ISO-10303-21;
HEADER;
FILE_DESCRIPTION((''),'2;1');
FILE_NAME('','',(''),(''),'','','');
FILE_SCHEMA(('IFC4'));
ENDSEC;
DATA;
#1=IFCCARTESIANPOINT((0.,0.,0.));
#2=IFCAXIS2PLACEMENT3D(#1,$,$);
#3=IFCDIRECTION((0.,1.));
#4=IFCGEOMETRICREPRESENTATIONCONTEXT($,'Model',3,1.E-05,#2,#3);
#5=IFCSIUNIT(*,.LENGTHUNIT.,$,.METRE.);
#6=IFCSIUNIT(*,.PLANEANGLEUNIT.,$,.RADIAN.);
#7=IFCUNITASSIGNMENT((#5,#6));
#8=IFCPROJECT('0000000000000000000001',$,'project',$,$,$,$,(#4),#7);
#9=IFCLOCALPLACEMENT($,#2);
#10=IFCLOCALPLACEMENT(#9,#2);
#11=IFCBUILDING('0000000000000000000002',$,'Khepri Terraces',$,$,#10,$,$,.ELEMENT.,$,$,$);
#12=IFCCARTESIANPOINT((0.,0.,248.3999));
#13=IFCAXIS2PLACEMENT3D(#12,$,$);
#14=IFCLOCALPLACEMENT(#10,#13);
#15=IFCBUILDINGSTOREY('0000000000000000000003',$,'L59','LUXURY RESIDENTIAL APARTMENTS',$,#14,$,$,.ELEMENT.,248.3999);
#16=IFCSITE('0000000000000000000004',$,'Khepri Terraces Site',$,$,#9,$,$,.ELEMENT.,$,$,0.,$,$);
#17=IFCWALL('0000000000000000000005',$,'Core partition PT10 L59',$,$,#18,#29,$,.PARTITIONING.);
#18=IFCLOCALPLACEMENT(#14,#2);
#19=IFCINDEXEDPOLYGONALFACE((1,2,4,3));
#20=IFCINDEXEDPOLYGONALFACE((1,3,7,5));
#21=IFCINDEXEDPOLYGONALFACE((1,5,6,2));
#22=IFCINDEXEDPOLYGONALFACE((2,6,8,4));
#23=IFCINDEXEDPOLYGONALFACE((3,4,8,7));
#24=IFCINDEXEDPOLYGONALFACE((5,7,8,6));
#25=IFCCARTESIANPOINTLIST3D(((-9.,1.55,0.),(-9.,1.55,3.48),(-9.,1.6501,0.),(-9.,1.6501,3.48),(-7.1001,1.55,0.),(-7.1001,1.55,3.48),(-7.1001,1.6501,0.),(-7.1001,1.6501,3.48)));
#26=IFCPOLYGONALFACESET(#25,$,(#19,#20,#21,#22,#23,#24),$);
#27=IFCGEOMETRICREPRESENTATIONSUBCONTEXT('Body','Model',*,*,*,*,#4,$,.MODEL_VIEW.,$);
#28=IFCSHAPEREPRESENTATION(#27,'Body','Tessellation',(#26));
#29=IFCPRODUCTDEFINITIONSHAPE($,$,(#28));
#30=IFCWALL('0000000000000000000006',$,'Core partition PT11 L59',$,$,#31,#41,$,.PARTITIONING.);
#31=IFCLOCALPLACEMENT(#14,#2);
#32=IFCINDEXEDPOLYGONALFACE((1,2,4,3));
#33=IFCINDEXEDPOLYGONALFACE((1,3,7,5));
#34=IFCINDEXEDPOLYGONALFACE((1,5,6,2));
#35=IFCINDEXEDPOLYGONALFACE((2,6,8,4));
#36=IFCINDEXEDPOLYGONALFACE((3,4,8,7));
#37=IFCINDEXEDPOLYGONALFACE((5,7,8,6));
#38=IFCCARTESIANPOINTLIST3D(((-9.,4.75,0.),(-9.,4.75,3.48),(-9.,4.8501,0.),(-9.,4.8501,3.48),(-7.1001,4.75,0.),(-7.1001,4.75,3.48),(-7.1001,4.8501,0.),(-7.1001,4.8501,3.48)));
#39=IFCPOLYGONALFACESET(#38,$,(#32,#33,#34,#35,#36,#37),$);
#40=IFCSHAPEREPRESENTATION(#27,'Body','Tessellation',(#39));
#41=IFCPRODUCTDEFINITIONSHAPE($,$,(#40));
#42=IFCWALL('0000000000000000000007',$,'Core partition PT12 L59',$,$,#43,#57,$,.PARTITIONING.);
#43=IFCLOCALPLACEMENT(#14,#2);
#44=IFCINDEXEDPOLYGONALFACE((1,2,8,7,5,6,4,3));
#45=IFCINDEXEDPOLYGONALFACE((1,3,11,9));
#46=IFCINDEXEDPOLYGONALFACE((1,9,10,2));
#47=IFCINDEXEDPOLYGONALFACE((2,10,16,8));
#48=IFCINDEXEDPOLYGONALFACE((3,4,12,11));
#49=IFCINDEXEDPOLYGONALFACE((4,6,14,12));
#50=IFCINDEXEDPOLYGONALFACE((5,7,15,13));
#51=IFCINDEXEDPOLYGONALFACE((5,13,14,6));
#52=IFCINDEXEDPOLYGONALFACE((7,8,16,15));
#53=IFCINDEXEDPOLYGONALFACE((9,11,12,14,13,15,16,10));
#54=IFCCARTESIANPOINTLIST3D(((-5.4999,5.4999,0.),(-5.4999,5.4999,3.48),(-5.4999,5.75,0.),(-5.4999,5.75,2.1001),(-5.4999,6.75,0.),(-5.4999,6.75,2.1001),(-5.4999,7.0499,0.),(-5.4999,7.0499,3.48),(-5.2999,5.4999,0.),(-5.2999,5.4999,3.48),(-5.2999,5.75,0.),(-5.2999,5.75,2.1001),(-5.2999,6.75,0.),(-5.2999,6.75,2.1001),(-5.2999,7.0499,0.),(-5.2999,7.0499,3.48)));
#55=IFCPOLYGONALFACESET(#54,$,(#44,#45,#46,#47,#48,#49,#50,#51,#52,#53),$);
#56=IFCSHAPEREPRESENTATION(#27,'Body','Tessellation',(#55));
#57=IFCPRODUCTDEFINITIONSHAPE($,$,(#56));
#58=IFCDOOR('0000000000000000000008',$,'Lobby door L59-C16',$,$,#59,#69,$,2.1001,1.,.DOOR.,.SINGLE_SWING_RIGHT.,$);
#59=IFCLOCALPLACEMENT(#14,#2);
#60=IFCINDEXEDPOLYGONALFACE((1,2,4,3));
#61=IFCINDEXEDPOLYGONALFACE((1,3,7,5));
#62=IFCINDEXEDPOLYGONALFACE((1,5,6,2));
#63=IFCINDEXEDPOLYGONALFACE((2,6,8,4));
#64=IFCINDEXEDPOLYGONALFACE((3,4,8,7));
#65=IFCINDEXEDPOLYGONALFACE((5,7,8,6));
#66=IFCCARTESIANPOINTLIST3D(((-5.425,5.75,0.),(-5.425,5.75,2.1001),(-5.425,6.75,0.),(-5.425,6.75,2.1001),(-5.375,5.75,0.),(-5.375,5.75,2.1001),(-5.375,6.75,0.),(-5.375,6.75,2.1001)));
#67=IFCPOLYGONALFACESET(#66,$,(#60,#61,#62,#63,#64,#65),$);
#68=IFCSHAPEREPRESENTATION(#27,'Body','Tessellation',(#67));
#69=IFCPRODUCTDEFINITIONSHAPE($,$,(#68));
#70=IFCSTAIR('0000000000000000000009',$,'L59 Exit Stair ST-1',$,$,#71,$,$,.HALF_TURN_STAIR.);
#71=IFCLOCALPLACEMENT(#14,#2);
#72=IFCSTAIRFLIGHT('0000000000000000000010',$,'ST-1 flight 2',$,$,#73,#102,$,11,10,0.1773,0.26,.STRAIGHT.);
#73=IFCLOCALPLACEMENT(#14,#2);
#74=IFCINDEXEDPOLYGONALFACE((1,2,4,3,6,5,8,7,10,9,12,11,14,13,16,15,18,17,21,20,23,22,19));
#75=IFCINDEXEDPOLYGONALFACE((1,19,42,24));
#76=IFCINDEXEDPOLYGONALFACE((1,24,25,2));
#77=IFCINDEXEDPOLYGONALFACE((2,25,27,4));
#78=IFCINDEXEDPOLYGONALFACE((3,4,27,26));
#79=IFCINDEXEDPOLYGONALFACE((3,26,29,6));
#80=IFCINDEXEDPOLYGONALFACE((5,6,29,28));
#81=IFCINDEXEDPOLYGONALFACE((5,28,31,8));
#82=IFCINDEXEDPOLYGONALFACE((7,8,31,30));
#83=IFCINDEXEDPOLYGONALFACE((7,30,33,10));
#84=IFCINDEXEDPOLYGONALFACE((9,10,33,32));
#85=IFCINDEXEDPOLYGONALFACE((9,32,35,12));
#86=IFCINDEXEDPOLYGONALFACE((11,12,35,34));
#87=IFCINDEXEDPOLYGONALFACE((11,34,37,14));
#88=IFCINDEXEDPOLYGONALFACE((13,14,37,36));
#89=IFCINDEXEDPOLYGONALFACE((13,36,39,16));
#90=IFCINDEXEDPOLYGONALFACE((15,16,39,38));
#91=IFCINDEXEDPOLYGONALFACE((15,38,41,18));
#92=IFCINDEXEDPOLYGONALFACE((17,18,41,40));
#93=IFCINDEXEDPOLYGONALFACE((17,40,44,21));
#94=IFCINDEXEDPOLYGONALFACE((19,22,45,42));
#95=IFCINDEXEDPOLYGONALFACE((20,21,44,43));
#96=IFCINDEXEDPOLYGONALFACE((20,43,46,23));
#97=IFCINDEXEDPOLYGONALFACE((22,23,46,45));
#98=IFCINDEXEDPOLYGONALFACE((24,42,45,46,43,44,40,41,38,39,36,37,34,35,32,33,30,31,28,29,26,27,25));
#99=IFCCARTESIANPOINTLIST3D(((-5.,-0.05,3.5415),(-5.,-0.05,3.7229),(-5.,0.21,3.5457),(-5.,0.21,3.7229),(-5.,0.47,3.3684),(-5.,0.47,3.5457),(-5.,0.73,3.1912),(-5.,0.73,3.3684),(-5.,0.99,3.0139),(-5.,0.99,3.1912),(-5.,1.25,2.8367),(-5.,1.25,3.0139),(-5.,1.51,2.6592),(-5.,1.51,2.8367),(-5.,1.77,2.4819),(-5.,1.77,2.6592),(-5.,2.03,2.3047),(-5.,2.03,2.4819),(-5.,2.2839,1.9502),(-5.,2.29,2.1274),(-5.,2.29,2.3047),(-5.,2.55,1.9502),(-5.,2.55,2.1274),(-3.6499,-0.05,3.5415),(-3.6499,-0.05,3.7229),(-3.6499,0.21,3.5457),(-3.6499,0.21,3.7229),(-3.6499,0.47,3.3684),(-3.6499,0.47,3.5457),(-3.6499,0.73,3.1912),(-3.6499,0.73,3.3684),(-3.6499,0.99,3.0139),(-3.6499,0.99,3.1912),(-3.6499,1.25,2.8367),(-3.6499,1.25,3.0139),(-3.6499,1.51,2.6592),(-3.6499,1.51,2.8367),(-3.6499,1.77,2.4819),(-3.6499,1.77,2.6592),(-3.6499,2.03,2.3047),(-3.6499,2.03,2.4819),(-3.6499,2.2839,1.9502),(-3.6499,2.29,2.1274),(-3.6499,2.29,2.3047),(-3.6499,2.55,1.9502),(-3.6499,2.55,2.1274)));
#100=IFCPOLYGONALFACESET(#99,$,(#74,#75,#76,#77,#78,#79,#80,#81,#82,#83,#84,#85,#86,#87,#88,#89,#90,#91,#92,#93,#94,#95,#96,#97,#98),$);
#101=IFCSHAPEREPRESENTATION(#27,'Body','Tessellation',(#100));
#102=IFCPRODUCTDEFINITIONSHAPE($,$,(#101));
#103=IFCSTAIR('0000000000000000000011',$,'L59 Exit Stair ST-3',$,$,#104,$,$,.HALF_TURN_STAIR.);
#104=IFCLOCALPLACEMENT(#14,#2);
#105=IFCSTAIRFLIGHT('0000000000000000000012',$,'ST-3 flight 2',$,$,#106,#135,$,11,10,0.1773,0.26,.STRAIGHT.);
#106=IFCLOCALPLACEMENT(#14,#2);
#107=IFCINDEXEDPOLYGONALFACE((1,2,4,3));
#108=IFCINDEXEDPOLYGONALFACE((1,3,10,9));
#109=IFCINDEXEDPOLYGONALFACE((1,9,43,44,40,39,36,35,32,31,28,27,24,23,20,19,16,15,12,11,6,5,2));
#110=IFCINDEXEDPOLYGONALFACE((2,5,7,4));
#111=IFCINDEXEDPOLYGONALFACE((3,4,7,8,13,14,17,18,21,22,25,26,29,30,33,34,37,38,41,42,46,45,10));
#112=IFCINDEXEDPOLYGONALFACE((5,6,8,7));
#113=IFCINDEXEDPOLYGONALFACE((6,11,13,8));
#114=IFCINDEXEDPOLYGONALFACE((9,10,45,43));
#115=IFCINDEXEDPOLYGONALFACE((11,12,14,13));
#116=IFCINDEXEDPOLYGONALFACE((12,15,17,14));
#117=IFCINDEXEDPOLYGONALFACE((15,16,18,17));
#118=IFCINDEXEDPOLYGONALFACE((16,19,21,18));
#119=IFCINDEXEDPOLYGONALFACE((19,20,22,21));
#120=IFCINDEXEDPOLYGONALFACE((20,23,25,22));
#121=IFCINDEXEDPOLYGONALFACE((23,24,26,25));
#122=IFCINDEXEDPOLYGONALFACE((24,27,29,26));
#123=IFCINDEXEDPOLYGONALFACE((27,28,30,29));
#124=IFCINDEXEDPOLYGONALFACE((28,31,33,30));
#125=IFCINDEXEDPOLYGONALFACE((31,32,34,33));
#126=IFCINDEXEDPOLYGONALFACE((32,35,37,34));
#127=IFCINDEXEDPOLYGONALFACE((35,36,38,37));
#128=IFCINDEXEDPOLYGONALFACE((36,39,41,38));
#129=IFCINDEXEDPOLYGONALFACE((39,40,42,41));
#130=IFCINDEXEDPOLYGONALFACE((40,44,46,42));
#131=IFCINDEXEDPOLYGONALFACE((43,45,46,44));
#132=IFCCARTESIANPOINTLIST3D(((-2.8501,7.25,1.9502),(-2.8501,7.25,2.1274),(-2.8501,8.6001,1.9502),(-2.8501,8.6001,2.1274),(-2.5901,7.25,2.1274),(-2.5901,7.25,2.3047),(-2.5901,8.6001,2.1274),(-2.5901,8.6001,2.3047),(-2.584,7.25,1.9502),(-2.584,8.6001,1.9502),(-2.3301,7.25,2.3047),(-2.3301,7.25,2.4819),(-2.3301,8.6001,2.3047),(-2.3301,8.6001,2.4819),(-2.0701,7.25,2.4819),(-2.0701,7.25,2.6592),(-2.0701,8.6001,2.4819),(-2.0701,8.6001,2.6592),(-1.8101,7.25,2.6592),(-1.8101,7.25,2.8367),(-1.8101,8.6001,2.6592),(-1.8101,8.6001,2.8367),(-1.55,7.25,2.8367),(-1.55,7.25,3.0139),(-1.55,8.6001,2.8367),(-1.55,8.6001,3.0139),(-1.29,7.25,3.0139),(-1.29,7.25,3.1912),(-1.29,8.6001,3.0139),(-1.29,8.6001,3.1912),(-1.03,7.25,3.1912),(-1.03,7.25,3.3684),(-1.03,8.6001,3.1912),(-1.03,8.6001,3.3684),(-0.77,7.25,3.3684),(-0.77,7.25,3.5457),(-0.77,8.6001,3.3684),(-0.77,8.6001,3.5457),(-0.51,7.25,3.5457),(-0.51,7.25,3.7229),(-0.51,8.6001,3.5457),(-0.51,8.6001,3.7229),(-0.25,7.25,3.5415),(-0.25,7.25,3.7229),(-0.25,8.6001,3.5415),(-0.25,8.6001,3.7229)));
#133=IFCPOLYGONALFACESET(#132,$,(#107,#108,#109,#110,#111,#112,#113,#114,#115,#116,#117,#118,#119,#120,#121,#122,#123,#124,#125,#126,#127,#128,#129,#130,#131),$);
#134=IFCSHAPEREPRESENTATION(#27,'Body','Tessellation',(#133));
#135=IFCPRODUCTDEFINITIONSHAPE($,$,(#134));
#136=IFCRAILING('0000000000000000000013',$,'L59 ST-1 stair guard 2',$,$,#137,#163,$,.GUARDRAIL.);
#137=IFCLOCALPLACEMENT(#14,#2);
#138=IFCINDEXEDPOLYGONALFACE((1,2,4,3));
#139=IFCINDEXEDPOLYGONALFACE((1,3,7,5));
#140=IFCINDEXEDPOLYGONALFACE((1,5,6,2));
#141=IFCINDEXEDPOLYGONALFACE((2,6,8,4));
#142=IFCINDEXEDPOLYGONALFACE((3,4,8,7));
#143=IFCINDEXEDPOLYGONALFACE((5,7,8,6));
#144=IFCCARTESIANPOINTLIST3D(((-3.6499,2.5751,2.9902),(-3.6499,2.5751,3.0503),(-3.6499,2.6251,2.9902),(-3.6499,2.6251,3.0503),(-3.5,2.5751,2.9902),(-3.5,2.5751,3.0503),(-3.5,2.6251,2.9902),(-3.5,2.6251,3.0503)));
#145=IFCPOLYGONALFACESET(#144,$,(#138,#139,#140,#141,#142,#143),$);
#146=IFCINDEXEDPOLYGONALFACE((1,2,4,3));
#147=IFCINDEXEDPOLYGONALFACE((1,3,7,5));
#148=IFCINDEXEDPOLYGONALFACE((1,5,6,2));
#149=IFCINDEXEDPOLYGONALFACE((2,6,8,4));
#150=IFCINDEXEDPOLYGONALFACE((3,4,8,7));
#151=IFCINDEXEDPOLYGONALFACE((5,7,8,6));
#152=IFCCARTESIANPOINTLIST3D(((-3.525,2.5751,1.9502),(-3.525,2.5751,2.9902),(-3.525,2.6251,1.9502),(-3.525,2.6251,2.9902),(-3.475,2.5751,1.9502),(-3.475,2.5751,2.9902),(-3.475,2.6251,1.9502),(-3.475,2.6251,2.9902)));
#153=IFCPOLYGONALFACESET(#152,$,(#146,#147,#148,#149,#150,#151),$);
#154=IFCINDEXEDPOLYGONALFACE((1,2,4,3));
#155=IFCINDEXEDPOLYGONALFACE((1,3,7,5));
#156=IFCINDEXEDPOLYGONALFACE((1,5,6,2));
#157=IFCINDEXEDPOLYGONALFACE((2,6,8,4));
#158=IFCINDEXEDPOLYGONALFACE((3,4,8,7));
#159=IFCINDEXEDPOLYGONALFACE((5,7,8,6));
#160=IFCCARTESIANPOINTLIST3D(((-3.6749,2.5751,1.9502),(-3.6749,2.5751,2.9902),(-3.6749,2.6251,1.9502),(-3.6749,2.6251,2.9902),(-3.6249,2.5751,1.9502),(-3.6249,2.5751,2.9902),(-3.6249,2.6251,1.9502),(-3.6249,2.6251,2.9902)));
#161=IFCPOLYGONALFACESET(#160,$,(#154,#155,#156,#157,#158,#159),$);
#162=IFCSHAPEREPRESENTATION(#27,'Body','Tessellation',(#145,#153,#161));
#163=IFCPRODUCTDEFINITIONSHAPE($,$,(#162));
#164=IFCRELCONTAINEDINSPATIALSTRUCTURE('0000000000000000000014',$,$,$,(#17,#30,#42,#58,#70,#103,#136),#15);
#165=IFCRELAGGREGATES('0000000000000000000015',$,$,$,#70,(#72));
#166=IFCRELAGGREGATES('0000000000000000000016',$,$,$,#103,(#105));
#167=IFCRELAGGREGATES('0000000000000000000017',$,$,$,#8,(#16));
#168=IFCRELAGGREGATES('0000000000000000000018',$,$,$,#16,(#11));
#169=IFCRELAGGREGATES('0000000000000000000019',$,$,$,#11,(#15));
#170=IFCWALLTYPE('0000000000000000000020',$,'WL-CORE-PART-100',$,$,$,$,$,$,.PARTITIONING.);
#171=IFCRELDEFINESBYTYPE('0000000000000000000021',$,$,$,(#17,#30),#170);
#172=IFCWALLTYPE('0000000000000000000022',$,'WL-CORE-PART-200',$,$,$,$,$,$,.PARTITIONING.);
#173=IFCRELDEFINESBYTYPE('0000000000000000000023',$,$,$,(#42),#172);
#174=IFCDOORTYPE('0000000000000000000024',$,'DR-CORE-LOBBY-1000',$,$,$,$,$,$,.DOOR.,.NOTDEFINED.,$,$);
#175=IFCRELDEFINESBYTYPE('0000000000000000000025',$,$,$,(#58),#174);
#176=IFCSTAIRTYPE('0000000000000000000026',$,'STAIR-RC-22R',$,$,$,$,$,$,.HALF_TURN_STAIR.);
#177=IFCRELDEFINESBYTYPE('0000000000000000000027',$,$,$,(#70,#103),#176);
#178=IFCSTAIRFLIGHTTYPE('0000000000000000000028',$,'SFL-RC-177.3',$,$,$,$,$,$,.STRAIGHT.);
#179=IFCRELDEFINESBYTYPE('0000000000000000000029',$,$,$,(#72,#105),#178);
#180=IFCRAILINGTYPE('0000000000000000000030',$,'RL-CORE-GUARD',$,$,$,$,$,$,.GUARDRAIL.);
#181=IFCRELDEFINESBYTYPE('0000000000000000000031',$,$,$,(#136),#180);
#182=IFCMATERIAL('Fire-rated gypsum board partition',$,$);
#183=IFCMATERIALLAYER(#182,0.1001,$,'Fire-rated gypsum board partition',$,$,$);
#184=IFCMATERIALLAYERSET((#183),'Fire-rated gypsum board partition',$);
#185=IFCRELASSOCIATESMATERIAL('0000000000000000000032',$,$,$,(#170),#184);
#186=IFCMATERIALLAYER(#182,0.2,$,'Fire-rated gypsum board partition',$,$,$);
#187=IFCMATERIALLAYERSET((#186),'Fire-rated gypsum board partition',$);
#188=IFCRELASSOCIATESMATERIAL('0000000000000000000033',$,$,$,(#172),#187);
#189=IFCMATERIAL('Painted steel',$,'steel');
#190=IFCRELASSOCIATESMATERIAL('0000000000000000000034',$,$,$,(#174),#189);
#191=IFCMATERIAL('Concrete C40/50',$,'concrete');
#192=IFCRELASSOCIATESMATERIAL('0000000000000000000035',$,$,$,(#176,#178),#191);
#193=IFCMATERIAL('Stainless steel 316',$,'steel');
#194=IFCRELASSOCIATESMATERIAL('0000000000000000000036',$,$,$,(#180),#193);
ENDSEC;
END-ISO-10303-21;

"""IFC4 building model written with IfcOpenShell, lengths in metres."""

from ifc_helpers import new_model, si_unit, direction, frame, frame_2d, origin, origin_2d, place, context, subcontext, project, spatial, polyline, rectangle, outline, extrude, material, layer, layer_set, type_object, element, fill, aggregate, save


model = new_model("IFC4")

# Units and contexts
model_context = context("Model", 3, precision=1e-05, world=origin(), true_north=direction((0.0, 1.0)))
body_context = subcontext(model_context, "Body", "Model", "MODEL_VIEW")
ifc_project = project(units=[si_unit("LENGTHUNIT", "METRE"), si_unit("PLANEANGLEUNIT", "RADIAN")], contexts=[model_context])

# Site, building, storey
site_placement = place(None, origin())
site = spatial("IfcSite", under=ifc_project, at=site_placement, Name="Khepri Terraces Site", CompositionType="ELEMENT", RefElevation=0.0)
building_placement = place(site_placement, origin())
building = spatial("IfcBuilding", under=site, at=building_placement, Name="Khepri Terraces", CompositionType="ELEMENT")
storey_placement = place(building_placement, frame((0.0, 0.0, 248.3999)))
storey = spatial("IfcBuildingStorey", under=building, at=storey_placement, Name="L59", Description="LUXURY RESIDENTIAL APARTMENTS", CompositionType="ELEMENT", Elevation=248.3999)

# Shared definitions
ifc_material_1 = material(Name="Concrete C40/50", Category="concrete")

# Shared definitions
ifc_material_2 = material(Name="Painted steel", Category="steel")

# Walls
ifc_material_3 = material(Name="Fire-rated gypsum board partition")
ifc_layer_1 = layer(ifc_material_3, 0.1001, Name="Fire-rated gypsum board partition")
ifc_layer_set_1 = layer_set([ifc_layer_1], Name="Fire-rated gypsum board partition")
wall_type_1 = type_object("IfcWallType", Name="WL-CORE-PART-100", PredefinedType="PARTITIONING", material=ifc_layer_set_1)
for number, where, z_axis, x_axis, name in (
    (1, (-9.0, 1.6001, 0.0), (0.0, 0.0, 1.0), (1.0, 0.0, 0.0), "Core partition PT10 L59"),
    (2, (-9.0, 4.8, 0.0), (0.0, 0.0, 1.0), (1.0, 0.0, 0.0), "Core partition PT11 L59"),
):
    element("IfcWall", number, at=place(storey_placement, frame(where, z_axis=z_axis, x_axis=x_axis)), inside=storey, type_object=wall_type_1, Name=name, PredefinedType="PARTITIONING", context=body_context, shape_type="SweptSolid", body=[
        extrude(rectangle(XDim=1.8999, YDim=0.1001, at=frame_2d((0.95, 0.0))), origin(), (0.0, 0.0, 1.0), 3.48),
    ])

# Wall, opening, door
ifc_layer_2 = layer(ifc_material_3, 0.2, Name="Fire-rated gypsum board partition")
ifc_layer_set_2 = layer_set([ifc_layer_2], Name="Fire-rated gypsum board partition")
wall_type_2 = type_object("IfcWallType", Name="WL-CORE-PART-200", PredefinedType="PARTITIONING", material=ifc_layer_set_2)
wall_1_placement = place(storey_placement, frame((-5.3999, 5.5, 0.0), z_axis=(0.0, 0.0, 1.0), x_axis=(0.0, 1.0, 0.0)))
wall_1 = element("IfcWall", 3, at=wall_1_placement, inside=storey, type_object=wall_type_2, Name="Core partition PT12 L59", PredefinedType="PARTITIONING", context=body_context, shape_type="SweptSolid", body=[
    extrude(rectangle(XDim=1.55, YDim=0.2, at=frame_2d((0.7749, 0.0))), origin(), (0.0, 0.0, 1.0), 3.48),
])
opening_1_placement = place(wall_1_placement, frame((0.25, 0.0, 0.0)))
opening_1 = element("IfcOpeningElement", 4, at=opening_1_placement, cuts=wall_1, PredefinedType="OPENING", context=body_context, shape_type="SweptSolid", body=[
    extrude(rectangle(XDim=1.0, YDim=2.1001, at=frame_2d((0.5, 1.05))), frame((0.0, 0.1099, 0.0), z_axis=(0.0, -1.0, 0.0), x_axis=(1.0, 0.0, 0.0)), (0.0, 0.0, 1.0), 0.22),
])
door_type_1 = type_object("IfcDoorType", Name="DR-CORE-LOBBY-1000", OperationType="NOTDEFINED", PredefinedType="DOOR", material=ifc_material_2)
door_1_placement = place(opening_1_placement, frame((1.0, 0.0, 0.0), z_axis=(0.0, 0.0, 1.0), x_axis=(-1.0, 0.0, 0.0)))
door_1 = element("IfcDoor", 5, at=door_1_placement, inside=storey, type_object=door_type_1, Name="Lobby door L59-C16", OperationType="SINGLE_SWING_RIGHT", OverallHeight=2.1001, OverallWidth=1.0, PredefinedType="DOOR", context=body_context, shape_type="SweptSolid", body=[
    extrude(rectangle(XDim=1.0, YDim=2.1001, at=frame_2d((0.5, 1.05))), frame((0.0, 0.0249, 0.0), z_axis=(0.0, -1.0, 0.0), x_axis=(1.0, 0.0, 0.0)), (0.0, 0.0, 1.0), 0.05),
])
fill(opening_1, door_1)

# Stairs, stair flights
stair_type = type_object("IfcStairType", Name="STAIR-RC-22R", PredefinedType="HALF_TURN_STAIR", material=ifc_material_1)
stair_1_placement = place(storey_placement, origin())
stair_1 = element("IfcStair", 6, at=stair_1_placement, inside=storey, type_object=stair_type, Name="L59 Exit Stair ST-1", PredefinedType="HALF_TURN_STAIR")
stair_flight_type = type_object("IfcStairFlightType", Name="SFL-RC-177.3", PredefinedType="STRAIGHT", material=ifc_material_1)
stair_flight_1_placement = place(storey_placement, frame((-4.325, 2.55, 1.9502), z_axis=(0.0, 0.0, 1.0), x_axis=(0.0, -1.0, 0.0)))
stair_flight_1 = element("IfcStairFlight", 7, at=stair_flight_1_placement, type_object=stair_flight_type, Name="ST-1 flight 2", NumberOfRisers=11, NumberOfTreads=10, PredefinedType="STRAIGHT", RiserHeight=0.1773, TreadLength=0.26, context=body_context, shape_type="SweptSolid", body=[
    extrude(outline(polyline([(0.0, 0.0), (0.0, 0.1772), (0.26, 0.1772), (0.26, 0.3545), (0.52, 0.3545), (0.52, 0.5317), (0.78, 0.5317), (0.78, 0.709), (1.04, 0.709), (1.04, 0.8865), (1.3, 0.8865), (1.3, 1.0637), (1.5601, 1.0637), (1.5601, 1.241), (1.8201, 1.241), (1.8201, 1.4182), (2.0801, 1.4182), (2.0801, 1.5955), (2.3401, 1.5955), (2.3401, 1.7727), (2.6001, 1.7727), (2.6001, 1.95), (2.6001, 1.5913), (0.2661, 0.0), (0.0, 0.0)])), frame((0.0, 0.675, 0.0), z_axis=(0.0, -1.0, 0.0), x_axis=(1.0, 0.0, 0.0)), (0.0, 0.0, 1.0), 1.3501),
])
aggregate(stair_1, [stair_flight_1])
stair_2_placement = place(storey_placement, origin())
stair_2 = element("IfcStair", 8, at=stair_2_placement, inside=storey, type_object=stair_type, Name="L59 Exit Stair ST-3", PredefinedType="HALF_TURN_STAIR")
stair_flight_2_placement = place(storey_placement, frame((-2.8501, 7.925, 1.9502), z_axis=(0.0, 0.0, 1.0), x_axis=(1.0, 0.0, 0.0)))
stair_flight_2 = element("IfcStairFlight", 9, at=stair_flight_2_placement, type_object=stair_flight_type, Name="ST-3 flight 2", NumberOfRisers=11, NumberOfTreads=10, PredefinedType="STRAIGHT", RiserHeight=0.1773, TreadLength=0.26, context=body_context, shape_type="SweptSolid", body=[
    extrude(outline(polyline([(0.0, 0.0), (0.0, 0.1772), (0.26, 0.1772), (0.26, 0.3545), (0.52, 0.3545), (0.52, 0.5317), (0.78, 0.5317), (0.78, 0.709), (1.04, 0.709), (1.04, 0.8865), (1.3, 0.8865), (1.3, 1.0637), (1.5601, 1.0637), (1.5601, 1.241), (1.8201, 1.241), (1.8201, 1.4182), (2.0801, 1.4182), (2.0801, 1.5955), (2.3401, 1.5955), (2.3401, 1.7727), (2.6001, 1.7727), (2.6001, 1.95), (2.6001, 1.5913), (0.2661, 0.0), (0.0, 0.0)])), frame((0.0, 0.675, 0.0), z_axis=(0.0, -1.0, 0.0), x_axis=(1.0, 0.0, 0.0)), (0.0, 0.0, 1.0), 1.3501),
])
aggregate(stair_2, [stair_flight_2])

# Railing
ifc_material_4 = material(Name="Stainless steel 316", Category="steel")
railing_type_1 = type_object("IfcRailingType", Name="RL-CORE-GUARD", PredefinedType="GUARDRAIL", material=ifc_material_4)
railing_1_placement = place(storey_placement, frame((-3.5, 2.6001, 1.9502)))
element("IfcRailing", 10, at=railing_1_placement, inside=storey, type_object=railing_type_1, Name="L59 ST-1 stair guard 2", PredefinedType="GUARDRAIL", context=body_context, shape_type="SweptSolid", body=[
    extrude(rectangle(XDim=0.05, YDim=0.0601, at=origin_2d()), frame((0.0, 0.0, 1.0701), z_axis=(-1.0, 0.0, 0.0), x_axis=(0.0, -1.0, 0.0)), (0.0, 0.0, 1.0), 0.1499),
    extrude(rectangle(XDim=0.05, YDim=0.05, at=origin_2d()), origin(), (0.0, 0.0, 1.0), 1.04),
    extrude(rectangle(XDim=0.05, YDim=0.05, at=origin_2d()), frame((-0.1499, 0.0, 0.0)), (0.0, 0.0, 1.0), 1.04),
])

save(model, "model.ifc")
